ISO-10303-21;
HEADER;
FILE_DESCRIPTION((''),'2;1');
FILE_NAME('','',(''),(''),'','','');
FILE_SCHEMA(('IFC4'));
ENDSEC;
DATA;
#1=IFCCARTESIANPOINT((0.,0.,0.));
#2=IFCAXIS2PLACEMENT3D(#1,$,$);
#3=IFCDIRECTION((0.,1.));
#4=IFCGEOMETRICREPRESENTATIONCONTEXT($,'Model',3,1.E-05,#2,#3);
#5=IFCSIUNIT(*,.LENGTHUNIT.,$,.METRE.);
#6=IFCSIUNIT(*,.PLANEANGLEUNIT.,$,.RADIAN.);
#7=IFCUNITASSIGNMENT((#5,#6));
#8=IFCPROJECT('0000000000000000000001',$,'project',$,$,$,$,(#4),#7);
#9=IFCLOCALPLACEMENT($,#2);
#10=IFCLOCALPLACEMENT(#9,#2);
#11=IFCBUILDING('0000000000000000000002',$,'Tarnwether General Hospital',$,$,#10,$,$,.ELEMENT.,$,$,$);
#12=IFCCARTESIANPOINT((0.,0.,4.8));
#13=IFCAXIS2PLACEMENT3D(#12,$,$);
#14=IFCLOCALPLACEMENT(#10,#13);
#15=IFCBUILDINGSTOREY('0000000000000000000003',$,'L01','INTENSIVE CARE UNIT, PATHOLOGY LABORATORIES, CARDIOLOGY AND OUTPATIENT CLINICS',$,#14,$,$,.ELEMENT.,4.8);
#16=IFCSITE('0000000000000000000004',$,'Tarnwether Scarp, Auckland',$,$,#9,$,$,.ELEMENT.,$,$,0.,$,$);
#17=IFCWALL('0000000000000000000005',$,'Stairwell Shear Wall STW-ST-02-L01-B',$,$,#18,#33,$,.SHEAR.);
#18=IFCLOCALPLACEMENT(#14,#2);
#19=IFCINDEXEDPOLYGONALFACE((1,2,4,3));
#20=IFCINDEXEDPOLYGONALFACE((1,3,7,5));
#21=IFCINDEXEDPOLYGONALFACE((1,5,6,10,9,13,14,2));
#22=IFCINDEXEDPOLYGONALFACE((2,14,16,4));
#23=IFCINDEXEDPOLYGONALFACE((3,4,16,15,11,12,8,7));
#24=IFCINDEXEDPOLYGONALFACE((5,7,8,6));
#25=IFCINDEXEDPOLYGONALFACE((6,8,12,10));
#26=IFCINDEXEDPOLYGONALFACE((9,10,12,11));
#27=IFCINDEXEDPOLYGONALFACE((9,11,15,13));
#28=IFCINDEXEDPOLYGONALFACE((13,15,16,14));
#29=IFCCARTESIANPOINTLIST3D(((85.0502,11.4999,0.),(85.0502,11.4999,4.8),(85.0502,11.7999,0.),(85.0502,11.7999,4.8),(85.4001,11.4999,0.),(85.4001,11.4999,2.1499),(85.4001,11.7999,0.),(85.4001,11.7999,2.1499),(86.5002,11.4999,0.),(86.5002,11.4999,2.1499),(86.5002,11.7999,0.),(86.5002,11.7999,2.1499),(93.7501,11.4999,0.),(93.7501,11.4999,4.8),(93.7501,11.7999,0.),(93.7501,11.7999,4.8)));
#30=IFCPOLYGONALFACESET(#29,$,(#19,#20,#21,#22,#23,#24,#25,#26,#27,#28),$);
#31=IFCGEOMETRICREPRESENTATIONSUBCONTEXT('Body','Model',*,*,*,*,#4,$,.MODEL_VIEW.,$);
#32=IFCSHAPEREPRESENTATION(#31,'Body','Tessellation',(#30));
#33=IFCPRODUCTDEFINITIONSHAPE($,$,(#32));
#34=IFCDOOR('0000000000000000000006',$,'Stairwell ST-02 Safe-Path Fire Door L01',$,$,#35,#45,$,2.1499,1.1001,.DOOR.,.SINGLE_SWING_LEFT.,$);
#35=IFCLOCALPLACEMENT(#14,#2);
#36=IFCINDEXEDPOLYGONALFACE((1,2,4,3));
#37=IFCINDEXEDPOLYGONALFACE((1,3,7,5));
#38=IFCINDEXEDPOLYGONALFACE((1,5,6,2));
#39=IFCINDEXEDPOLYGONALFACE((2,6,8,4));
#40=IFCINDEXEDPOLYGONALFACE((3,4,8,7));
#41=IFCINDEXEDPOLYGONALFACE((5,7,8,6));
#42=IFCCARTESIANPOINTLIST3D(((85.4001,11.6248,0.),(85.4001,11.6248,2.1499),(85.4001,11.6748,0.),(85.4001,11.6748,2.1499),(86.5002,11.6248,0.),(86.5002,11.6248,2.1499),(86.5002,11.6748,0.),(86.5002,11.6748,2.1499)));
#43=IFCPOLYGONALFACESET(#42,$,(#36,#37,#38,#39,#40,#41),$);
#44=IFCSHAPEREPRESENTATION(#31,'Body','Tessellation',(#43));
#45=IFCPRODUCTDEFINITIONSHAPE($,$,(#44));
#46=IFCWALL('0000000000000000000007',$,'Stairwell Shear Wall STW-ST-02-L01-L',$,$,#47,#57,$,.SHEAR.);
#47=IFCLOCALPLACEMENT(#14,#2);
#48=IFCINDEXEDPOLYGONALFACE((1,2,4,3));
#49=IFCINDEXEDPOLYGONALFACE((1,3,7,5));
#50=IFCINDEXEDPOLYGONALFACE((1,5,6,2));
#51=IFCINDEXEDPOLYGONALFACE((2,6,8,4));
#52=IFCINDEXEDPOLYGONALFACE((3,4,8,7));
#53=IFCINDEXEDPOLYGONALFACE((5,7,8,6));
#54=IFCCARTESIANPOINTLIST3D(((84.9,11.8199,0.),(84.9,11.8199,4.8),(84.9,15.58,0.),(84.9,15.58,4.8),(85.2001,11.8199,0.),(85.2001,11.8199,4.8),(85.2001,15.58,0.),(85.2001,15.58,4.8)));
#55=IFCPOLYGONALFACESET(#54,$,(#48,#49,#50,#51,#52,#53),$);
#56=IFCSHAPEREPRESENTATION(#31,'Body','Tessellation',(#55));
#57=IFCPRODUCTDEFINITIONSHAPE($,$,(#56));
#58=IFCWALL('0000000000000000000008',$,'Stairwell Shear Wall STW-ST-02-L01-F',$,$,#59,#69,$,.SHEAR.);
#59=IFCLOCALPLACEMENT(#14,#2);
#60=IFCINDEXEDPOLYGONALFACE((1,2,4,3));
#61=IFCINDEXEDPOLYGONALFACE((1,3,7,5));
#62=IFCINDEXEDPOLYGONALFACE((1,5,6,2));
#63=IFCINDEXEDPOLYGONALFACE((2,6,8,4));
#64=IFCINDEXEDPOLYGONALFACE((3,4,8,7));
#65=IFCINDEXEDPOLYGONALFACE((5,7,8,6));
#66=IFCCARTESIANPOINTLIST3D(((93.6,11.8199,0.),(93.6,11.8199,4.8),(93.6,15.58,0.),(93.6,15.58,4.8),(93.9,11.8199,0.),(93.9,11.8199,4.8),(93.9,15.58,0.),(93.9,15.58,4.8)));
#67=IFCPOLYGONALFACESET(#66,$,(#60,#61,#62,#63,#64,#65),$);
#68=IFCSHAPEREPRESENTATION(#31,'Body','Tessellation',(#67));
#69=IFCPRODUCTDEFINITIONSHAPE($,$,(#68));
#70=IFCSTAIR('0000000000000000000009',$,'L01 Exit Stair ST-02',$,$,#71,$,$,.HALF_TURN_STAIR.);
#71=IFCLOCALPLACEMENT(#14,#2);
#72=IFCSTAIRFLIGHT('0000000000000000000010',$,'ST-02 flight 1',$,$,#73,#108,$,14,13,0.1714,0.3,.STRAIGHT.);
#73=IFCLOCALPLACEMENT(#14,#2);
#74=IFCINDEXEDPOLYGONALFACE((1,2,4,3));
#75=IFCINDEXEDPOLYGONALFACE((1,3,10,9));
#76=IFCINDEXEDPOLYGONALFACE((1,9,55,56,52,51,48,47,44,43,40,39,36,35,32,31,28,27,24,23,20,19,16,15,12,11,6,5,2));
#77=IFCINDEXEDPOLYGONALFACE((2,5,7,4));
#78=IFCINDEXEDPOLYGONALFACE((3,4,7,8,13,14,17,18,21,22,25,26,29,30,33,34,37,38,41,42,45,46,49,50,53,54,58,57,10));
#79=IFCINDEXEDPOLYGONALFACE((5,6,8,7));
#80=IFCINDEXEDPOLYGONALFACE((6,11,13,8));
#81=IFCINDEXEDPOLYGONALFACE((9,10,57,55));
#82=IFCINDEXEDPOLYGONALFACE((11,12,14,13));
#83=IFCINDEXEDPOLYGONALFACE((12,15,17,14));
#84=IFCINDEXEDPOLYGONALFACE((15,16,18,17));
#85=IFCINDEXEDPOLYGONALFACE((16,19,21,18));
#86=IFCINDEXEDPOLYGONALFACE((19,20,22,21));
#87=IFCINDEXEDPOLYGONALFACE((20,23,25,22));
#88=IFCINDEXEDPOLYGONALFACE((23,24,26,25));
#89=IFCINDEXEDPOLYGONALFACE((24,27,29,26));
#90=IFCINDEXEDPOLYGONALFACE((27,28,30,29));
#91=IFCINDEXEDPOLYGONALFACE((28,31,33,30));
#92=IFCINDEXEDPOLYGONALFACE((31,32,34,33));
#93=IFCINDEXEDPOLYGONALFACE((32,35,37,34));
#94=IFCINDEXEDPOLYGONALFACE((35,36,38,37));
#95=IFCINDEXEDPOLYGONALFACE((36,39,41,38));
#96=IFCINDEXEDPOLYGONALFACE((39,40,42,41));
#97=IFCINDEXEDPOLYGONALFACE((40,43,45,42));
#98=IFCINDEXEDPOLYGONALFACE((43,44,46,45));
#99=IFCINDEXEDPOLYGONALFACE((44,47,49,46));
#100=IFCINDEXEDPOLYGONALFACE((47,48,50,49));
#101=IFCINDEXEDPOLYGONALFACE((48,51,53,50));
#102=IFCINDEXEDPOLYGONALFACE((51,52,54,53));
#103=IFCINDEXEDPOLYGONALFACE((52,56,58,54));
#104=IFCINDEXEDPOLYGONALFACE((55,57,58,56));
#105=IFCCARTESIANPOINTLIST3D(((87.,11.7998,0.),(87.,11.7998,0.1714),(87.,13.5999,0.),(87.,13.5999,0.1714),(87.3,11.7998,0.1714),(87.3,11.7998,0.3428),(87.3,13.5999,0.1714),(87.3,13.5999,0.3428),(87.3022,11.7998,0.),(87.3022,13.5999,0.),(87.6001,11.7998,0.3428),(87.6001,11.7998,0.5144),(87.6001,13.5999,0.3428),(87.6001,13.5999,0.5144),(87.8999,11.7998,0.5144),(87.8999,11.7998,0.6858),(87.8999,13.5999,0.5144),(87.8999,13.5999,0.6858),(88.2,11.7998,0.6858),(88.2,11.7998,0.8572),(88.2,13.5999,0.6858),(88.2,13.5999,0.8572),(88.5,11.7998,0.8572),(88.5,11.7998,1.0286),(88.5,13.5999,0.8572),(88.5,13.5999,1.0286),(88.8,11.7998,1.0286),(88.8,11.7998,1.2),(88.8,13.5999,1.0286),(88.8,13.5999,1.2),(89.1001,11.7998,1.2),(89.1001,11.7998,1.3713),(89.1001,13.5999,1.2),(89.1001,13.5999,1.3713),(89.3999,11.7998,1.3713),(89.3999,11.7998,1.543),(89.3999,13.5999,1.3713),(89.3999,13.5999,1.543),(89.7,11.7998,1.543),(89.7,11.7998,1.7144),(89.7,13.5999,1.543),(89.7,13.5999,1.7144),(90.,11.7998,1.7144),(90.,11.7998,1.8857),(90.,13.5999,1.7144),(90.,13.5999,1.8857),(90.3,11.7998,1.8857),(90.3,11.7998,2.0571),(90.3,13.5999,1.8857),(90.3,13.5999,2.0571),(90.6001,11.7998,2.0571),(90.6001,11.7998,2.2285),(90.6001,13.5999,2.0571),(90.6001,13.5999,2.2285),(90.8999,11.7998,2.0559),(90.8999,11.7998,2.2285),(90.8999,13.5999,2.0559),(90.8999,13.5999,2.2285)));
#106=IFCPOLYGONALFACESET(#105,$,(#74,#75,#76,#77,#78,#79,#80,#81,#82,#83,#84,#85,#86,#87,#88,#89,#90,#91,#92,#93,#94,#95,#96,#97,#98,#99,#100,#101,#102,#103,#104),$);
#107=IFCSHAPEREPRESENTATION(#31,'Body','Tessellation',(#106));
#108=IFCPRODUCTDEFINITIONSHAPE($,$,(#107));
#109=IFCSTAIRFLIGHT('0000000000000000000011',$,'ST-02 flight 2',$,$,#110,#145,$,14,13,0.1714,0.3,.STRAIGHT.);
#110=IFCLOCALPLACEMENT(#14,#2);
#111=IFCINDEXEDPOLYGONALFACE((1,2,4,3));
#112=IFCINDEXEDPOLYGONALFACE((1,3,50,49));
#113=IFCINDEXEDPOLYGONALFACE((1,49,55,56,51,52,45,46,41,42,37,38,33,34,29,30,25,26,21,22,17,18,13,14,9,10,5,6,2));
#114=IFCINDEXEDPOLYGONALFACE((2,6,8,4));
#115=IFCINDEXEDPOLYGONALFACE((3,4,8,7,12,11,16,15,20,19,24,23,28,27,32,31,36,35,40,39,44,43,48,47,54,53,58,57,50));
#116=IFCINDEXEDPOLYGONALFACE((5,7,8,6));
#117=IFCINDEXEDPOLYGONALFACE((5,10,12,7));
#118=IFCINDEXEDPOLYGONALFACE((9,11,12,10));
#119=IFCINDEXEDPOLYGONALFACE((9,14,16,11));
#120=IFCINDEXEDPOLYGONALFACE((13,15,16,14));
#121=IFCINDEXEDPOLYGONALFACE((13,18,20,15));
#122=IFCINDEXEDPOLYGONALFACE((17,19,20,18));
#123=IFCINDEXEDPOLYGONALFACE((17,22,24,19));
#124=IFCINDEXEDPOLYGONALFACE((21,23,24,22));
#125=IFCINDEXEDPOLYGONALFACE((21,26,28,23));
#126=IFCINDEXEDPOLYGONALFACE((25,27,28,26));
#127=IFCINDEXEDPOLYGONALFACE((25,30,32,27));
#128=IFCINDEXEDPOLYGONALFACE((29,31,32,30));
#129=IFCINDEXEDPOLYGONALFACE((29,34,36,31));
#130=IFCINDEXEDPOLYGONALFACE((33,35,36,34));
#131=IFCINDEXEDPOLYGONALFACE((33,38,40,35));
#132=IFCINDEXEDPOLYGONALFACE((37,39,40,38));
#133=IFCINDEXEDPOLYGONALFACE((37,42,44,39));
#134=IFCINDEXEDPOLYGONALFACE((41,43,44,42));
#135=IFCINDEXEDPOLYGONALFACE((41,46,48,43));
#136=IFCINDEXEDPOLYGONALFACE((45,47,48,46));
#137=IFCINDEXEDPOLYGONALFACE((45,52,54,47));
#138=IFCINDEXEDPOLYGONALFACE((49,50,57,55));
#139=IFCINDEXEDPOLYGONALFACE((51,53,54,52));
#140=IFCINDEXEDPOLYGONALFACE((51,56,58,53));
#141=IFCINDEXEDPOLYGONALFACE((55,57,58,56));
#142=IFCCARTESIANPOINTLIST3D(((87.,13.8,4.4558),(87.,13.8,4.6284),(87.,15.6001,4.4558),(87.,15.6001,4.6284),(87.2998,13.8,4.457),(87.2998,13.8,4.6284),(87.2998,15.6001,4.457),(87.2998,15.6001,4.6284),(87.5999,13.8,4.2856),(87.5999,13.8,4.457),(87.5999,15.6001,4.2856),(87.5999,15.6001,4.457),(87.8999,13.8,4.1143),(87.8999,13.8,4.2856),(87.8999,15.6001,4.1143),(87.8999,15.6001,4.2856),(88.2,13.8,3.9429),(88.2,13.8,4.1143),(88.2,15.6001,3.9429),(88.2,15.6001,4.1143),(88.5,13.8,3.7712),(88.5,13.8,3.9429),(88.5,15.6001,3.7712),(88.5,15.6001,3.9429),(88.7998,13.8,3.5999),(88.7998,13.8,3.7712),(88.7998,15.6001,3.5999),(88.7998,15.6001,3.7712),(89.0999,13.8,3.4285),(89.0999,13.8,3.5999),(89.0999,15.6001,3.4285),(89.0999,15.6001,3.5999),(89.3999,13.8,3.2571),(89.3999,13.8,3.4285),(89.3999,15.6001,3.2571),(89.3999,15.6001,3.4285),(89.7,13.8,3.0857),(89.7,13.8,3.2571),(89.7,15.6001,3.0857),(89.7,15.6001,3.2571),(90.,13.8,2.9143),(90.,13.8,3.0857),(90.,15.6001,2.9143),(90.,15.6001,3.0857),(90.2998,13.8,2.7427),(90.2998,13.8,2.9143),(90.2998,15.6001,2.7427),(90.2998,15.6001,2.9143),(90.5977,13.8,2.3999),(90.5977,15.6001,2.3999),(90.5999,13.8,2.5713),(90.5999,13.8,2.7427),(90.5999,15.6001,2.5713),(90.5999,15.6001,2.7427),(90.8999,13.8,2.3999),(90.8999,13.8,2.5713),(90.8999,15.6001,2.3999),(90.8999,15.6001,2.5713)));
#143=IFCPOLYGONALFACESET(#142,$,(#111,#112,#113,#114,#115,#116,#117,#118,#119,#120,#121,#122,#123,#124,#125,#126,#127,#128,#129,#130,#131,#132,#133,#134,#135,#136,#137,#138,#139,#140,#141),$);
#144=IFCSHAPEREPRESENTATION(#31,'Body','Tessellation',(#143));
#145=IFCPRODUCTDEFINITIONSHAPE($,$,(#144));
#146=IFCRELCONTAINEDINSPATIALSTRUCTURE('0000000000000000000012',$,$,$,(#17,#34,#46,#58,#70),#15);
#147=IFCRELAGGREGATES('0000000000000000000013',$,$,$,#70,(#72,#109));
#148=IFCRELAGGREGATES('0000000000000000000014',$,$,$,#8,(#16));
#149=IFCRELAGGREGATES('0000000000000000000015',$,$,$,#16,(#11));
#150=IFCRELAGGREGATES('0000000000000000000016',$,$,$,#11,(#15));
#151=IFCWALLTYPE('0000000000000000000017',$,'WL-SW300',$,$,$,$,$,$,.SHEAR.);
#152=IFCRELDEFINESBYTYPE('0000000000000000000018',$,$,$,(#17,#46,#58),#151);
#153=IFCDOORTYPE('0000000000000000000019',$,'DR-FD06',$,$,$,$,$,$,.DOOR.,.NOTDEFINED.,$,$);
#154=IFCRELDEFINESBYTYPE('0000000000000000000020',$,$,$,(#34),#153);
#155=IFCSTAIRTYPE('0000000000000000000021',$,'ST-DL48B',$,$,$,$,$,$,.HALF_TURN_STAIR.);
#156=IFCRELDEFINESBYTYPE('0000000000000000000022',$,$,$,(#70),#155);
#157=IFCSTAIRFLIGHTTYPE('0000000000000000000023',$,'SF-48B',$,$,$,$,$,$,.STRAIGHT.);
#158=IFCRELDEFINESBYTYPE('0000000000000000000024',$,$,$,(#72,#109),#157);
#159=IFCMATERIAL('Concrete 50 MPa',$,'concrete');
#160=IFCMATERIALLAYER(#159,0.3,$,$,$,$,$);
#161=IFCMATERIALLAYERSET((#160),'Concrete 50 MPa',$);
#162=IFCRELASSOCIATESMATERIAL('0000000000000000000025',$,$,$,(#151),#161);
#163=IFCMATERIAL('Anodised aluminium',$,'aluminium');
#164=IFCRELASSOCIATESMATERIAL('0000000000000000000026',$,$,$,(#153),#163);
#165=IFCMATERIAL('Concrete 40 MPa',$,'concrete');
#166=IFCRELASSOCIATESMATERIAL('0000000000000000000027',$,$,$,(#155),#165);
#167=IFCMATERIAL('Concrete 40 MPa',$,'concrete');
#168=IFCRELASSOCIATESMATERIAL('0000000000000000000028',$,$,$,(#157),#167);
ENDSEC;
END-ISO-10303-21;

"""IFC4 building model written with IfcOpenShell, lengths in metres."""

from ifc_helpers import new_model, si_unit, direction, frame, frame_2d, origin, place, context, subcontext, project, spatial, polyline, rectangle, outline, extrude, material, layer, layer_set, type_object, element, fill, aggregate, save


model = new_model("IFC4")

# Units and contexts
model_context = context("Model", 3, precision=1e-05, world=origin(), true_north=direction((0.0, 1.0)))
body_context = subcontext(model_context, "Body", "Model", "MODEL_VIEW")
ifc_project = project(units=[si_unit("LENGTHUNIT", "METRE"), si_unit("PLANEANGLEUNIT", "RADIAN")], contexts=[model_context])

# Site, building, storey
site_placement = place(None, origin())
site = spatial("IfcSite", under=ifc_project, at=site_placement, Name="Tarnwether Scarp, Auckland", CompositionType="ELEMENT", RefElevation=0.0)
building_placement = place(site_placement, origin())
building = spatial("IfcBuilding", under=site, at=building_placement, Name="Tarnwether General Hospital", CompositionType="ELEMENT")
storey_placement = place(building_placement, frame((0.0, 0.0, 4.8)))
storey = spatial("IfcBuildingStorey", under=building, at=storey_placement, Name="L01", Description="INTENSIVE CARE UNIT, PATHOLOGY LABORATORIES, CARDIOLOGY AND OUTPATIENT CLINICS", CompositionType="ELEMENT", Elevation=4.8)

# Wall, opening, door
ifc_material_1 = material(Name="Concrete 50 MPa", Category="concrete")
ifc_layer_1 = layer(ifc_material_1, 0.3)
ifc_layer_set_1 = layer_set([ifc_layer_1], Name="Concrete 50 MPa")
wall_type = type_object("IfcWallType", Name="WL-SW300", PredefinedType="SHEAR", material=ifc_layer_set_1)
wall_placement = place(storey_placement, frame((85.05, 11.6499, 0.0), z_axis=(0.0, 0.0, 1.0), x_axis=(1.0, 0.0, 0.0)))
wall = element("IfcWall", 1, at=wall_placement, inside=storey, type_object=wall_type, Name="Stairwell Shear Wall STW-ST-02-L01-B", PredefinedType="SHEAR", context=body_context, shape_type="SweptSolid", body=[
    extrude(rectangle(XDim=8.7, YDim=0.3, at=frame_2d((4.3501, 0.0))), origin(), (0.0, 0.0, 1.0), 4.8),
])
opening_placement = place(wall_placement, frame((0.3501, 0.0, 0.0)))
opening = element("IfcOpeningElement", 2, at=opening_placement, cuts=wall, PredefinedType="OPENING", context=body_context, shape_type="SweptSolid", body=[
    extrude(rectangle(XDim=1.1001, YDim=2.1499, at=frame_2d((0.55, 1.075))), frame((0.0, 0.1602, 0.0), z_axis=(0.0, -1.0, 0.0), x_axis=(1.0, 0.0, 0.0)), (0.0, 0.0, 1.0), 0.3201),
])
ifc_material_2 = material(Name="Anodised aluminium", Category="aluminium")
door_type = type_object("IfcDoorType", Name="DR-FD06", OperationType="NOTDEFINED", PredefinedType="DOOR", material=ifc_material_2)
door_placement = place(opening_placement, origin())
door = element("IfcDoor", 3, at=door_placement, inside=storey, type_object=door_type, Name="Stairwell ST-02 Safe-Path Fire Door L01", OperationType="SINGLE_SWING_LEFT", OverallHeight=2.1499, OverallWidth=1.1001, PredefinedType="DOOR", context=body_context, shape_type="SweptSolid", body=[
    extrude(rectangle(XDim=1.1001, YDim=2.1499, at=frame_2d((0.55, 1.075))), frame((0.0, 0.0249, 0.0), z_axis=(0.0, -1.0, 0.0), x_axis=(1.0, 0.0, 0.0)), (0.0, 0.0, 1.0), 0.05),
])
fill(opening, door)

# Walls
for number, where, z_axis, x_axis, name in (
    (4, (85.05, 11.8201, 0.0), (0.0, 0.0, 1.0), (0.0, 1.0, 0.0), "Stairwell Shear Wall STW-ST-02-L01-L"),
    (5, (93.75, 11.8201, 0.0), (0.0, 0.0, 1.0), (0.0, 1.0, 0.0), "Stairwell Shear Wall STW-ST-02-L01-F"),
):
    element("IfcWall", number, at=place(storey_placement, frame(where, z_axis=z_axis, x_axis=x_axis)), inside=storey, type_object=wall_type, Name=name, PredefinedType="SHEAR", context=body_context, shape_type="SweptSolid", body=[
        extrude(rectangle(XDim=3.76, YDim=0.3, at=frame_2d((1.8799, 0.0))), origin(), (0.0, 0.0, 1.0), 4.8),
    ])

# Stair, stair flights
ifc_material_3 = material(Name="Concrete 40 MPa", Category="concrete")
stair_type = type_object("IfcStairType", Name="ST-DL48B", PredefinedType="HALF_TURN_STAIR", material=ifc_material_3)
stair_placement = place(storey_placement, origin())
stair = element("IfcStair", 6, at=stair_placement, inside=storey, type_object=stair_type, Name="L01 Exit Stair ST-02", PredefinedType="HALF_TURN_STAIR")
ifc_material_4 = material(Name="Concrete 40 MPa", Category="concrete")
stair_flight_type = type_object("IfcStairFlightType", Name="SF-48B", PredefinedType="STRAIGHT", material=ifc_material_4)
stair_flight_1_placement = place(storey_placement, frame((87.0, 12.7, 0.0), z_axis=(0.0, 0.0, 1.0), x_axis=(1.0, 0.0, 0.0)))
stair_flight_1 = element("IfcStairFlight", 7, at=stair_flight_1_placement, type_object=stair_flight_type, Name="ST-02 flight 1", NumberOfRisers=14, NumberOfTreads=13, PredefinedType="STRAIGHT", RiserHeight=0.1714, TreadLength=0.3, context=body_context, shape_type="SweptSolid", body=[
    extrude(outline(polyline([(0.0, 0.0), (0.0, 0.1714), (0.3, 0.1714), (0.3, 0.3428), (0.6001, 0.3428), (0.6001, 0.5144), (0.8999, 0.5144), (0.8999, 0.6858), (1.2, 0.6858), (1.2, 0.8572), (1.5, 0.8572), (1.5, 1.0286), (1.8, 1.0286), (1.8, 1.2), (2.1001, 1.2), (2.1001, 1.3713), (2.3999, 1.3713), (2.3999, 1.543), (2.7, 1.543), (2.7, 1.7144), (3.0, 1.7144), (3.0, 1.8857), (3.3, 1.8857), (3.3, 2.0571), (3.6001, 2.0571), (3.6001, 2.2285), (3.8999, 2.2285), (3.8999, 2.3999), (3.8999, 2.0559), (0.3022, 0.0), (0.0, 0.0)])), frame((0.0, 0.8999, 0.0), z_axis=(0.0, -1.0, 0.0), x_axis=(1.0, 0.0, 0.0)), (0.0, 0.0, 1.0), 1.8),
])
stair_flight_2_placement = place(storey_placement, frame((90.8999, 14.7, 2.3999), z_axis=(0.0, 0.0, 1.0), x_axis=(-1.0, 0.0, 0.0)))
stair_flight_2 = element("IfcStairFlight", 8, at=stair_flight_2_placement, type_object=stair_flight_type, Name="ST-02 flight 2", NumberOfRisers=14, NumberOfTreads=13, PredefinedType="STRAIGHT", RiserHeight=0.1714, TreadLength=0.3, context=body_context, shape_type="SweptSolid", body=[
    extrude(outline(polyline([(0.0, 0.0), (0.0, 0.1714), (0.3, 0.1714), (0.3, 0.3428), (0.6001, 0.3428), (0.6001, 0.5144), (0.8999, 0.5144), (0.8999, 0.6858), (1.2, 0.6858), (1.2, 0.8572), (1.5, 0.8572), (1.5, 1.0286), (1.8, 1.0286), (1.8, 1.2), (2.1001, 1.2), (2.1001, 1.3713), (2.3999, 1.3713), (2.3999, 1.543), (2.7, 1.543), (2.7, 1.7144), (3.0, 1.7144), (3.0, 1.8857), (3.3, 1.8857), (3.3, 2.0571), (3.6001, 2.0571), (3.6001, 2.2285), (3.8999, 2.2285), (3.8999, 2.3999), (3.8999, 2.0559), (0.3022, 0.0), (0.0, 0.0)])), frame((0.0, 0.8999, 0.0), z_axis=(0.0, -1.0, 0.0), x_axis=(1.0, 0.0, 0.0)), (0.0, 0.0, 1.0), 1.8),
])
aggregate(stair, [stair_flight_1, stair_flight_2])

save(model, "model.ifc")
